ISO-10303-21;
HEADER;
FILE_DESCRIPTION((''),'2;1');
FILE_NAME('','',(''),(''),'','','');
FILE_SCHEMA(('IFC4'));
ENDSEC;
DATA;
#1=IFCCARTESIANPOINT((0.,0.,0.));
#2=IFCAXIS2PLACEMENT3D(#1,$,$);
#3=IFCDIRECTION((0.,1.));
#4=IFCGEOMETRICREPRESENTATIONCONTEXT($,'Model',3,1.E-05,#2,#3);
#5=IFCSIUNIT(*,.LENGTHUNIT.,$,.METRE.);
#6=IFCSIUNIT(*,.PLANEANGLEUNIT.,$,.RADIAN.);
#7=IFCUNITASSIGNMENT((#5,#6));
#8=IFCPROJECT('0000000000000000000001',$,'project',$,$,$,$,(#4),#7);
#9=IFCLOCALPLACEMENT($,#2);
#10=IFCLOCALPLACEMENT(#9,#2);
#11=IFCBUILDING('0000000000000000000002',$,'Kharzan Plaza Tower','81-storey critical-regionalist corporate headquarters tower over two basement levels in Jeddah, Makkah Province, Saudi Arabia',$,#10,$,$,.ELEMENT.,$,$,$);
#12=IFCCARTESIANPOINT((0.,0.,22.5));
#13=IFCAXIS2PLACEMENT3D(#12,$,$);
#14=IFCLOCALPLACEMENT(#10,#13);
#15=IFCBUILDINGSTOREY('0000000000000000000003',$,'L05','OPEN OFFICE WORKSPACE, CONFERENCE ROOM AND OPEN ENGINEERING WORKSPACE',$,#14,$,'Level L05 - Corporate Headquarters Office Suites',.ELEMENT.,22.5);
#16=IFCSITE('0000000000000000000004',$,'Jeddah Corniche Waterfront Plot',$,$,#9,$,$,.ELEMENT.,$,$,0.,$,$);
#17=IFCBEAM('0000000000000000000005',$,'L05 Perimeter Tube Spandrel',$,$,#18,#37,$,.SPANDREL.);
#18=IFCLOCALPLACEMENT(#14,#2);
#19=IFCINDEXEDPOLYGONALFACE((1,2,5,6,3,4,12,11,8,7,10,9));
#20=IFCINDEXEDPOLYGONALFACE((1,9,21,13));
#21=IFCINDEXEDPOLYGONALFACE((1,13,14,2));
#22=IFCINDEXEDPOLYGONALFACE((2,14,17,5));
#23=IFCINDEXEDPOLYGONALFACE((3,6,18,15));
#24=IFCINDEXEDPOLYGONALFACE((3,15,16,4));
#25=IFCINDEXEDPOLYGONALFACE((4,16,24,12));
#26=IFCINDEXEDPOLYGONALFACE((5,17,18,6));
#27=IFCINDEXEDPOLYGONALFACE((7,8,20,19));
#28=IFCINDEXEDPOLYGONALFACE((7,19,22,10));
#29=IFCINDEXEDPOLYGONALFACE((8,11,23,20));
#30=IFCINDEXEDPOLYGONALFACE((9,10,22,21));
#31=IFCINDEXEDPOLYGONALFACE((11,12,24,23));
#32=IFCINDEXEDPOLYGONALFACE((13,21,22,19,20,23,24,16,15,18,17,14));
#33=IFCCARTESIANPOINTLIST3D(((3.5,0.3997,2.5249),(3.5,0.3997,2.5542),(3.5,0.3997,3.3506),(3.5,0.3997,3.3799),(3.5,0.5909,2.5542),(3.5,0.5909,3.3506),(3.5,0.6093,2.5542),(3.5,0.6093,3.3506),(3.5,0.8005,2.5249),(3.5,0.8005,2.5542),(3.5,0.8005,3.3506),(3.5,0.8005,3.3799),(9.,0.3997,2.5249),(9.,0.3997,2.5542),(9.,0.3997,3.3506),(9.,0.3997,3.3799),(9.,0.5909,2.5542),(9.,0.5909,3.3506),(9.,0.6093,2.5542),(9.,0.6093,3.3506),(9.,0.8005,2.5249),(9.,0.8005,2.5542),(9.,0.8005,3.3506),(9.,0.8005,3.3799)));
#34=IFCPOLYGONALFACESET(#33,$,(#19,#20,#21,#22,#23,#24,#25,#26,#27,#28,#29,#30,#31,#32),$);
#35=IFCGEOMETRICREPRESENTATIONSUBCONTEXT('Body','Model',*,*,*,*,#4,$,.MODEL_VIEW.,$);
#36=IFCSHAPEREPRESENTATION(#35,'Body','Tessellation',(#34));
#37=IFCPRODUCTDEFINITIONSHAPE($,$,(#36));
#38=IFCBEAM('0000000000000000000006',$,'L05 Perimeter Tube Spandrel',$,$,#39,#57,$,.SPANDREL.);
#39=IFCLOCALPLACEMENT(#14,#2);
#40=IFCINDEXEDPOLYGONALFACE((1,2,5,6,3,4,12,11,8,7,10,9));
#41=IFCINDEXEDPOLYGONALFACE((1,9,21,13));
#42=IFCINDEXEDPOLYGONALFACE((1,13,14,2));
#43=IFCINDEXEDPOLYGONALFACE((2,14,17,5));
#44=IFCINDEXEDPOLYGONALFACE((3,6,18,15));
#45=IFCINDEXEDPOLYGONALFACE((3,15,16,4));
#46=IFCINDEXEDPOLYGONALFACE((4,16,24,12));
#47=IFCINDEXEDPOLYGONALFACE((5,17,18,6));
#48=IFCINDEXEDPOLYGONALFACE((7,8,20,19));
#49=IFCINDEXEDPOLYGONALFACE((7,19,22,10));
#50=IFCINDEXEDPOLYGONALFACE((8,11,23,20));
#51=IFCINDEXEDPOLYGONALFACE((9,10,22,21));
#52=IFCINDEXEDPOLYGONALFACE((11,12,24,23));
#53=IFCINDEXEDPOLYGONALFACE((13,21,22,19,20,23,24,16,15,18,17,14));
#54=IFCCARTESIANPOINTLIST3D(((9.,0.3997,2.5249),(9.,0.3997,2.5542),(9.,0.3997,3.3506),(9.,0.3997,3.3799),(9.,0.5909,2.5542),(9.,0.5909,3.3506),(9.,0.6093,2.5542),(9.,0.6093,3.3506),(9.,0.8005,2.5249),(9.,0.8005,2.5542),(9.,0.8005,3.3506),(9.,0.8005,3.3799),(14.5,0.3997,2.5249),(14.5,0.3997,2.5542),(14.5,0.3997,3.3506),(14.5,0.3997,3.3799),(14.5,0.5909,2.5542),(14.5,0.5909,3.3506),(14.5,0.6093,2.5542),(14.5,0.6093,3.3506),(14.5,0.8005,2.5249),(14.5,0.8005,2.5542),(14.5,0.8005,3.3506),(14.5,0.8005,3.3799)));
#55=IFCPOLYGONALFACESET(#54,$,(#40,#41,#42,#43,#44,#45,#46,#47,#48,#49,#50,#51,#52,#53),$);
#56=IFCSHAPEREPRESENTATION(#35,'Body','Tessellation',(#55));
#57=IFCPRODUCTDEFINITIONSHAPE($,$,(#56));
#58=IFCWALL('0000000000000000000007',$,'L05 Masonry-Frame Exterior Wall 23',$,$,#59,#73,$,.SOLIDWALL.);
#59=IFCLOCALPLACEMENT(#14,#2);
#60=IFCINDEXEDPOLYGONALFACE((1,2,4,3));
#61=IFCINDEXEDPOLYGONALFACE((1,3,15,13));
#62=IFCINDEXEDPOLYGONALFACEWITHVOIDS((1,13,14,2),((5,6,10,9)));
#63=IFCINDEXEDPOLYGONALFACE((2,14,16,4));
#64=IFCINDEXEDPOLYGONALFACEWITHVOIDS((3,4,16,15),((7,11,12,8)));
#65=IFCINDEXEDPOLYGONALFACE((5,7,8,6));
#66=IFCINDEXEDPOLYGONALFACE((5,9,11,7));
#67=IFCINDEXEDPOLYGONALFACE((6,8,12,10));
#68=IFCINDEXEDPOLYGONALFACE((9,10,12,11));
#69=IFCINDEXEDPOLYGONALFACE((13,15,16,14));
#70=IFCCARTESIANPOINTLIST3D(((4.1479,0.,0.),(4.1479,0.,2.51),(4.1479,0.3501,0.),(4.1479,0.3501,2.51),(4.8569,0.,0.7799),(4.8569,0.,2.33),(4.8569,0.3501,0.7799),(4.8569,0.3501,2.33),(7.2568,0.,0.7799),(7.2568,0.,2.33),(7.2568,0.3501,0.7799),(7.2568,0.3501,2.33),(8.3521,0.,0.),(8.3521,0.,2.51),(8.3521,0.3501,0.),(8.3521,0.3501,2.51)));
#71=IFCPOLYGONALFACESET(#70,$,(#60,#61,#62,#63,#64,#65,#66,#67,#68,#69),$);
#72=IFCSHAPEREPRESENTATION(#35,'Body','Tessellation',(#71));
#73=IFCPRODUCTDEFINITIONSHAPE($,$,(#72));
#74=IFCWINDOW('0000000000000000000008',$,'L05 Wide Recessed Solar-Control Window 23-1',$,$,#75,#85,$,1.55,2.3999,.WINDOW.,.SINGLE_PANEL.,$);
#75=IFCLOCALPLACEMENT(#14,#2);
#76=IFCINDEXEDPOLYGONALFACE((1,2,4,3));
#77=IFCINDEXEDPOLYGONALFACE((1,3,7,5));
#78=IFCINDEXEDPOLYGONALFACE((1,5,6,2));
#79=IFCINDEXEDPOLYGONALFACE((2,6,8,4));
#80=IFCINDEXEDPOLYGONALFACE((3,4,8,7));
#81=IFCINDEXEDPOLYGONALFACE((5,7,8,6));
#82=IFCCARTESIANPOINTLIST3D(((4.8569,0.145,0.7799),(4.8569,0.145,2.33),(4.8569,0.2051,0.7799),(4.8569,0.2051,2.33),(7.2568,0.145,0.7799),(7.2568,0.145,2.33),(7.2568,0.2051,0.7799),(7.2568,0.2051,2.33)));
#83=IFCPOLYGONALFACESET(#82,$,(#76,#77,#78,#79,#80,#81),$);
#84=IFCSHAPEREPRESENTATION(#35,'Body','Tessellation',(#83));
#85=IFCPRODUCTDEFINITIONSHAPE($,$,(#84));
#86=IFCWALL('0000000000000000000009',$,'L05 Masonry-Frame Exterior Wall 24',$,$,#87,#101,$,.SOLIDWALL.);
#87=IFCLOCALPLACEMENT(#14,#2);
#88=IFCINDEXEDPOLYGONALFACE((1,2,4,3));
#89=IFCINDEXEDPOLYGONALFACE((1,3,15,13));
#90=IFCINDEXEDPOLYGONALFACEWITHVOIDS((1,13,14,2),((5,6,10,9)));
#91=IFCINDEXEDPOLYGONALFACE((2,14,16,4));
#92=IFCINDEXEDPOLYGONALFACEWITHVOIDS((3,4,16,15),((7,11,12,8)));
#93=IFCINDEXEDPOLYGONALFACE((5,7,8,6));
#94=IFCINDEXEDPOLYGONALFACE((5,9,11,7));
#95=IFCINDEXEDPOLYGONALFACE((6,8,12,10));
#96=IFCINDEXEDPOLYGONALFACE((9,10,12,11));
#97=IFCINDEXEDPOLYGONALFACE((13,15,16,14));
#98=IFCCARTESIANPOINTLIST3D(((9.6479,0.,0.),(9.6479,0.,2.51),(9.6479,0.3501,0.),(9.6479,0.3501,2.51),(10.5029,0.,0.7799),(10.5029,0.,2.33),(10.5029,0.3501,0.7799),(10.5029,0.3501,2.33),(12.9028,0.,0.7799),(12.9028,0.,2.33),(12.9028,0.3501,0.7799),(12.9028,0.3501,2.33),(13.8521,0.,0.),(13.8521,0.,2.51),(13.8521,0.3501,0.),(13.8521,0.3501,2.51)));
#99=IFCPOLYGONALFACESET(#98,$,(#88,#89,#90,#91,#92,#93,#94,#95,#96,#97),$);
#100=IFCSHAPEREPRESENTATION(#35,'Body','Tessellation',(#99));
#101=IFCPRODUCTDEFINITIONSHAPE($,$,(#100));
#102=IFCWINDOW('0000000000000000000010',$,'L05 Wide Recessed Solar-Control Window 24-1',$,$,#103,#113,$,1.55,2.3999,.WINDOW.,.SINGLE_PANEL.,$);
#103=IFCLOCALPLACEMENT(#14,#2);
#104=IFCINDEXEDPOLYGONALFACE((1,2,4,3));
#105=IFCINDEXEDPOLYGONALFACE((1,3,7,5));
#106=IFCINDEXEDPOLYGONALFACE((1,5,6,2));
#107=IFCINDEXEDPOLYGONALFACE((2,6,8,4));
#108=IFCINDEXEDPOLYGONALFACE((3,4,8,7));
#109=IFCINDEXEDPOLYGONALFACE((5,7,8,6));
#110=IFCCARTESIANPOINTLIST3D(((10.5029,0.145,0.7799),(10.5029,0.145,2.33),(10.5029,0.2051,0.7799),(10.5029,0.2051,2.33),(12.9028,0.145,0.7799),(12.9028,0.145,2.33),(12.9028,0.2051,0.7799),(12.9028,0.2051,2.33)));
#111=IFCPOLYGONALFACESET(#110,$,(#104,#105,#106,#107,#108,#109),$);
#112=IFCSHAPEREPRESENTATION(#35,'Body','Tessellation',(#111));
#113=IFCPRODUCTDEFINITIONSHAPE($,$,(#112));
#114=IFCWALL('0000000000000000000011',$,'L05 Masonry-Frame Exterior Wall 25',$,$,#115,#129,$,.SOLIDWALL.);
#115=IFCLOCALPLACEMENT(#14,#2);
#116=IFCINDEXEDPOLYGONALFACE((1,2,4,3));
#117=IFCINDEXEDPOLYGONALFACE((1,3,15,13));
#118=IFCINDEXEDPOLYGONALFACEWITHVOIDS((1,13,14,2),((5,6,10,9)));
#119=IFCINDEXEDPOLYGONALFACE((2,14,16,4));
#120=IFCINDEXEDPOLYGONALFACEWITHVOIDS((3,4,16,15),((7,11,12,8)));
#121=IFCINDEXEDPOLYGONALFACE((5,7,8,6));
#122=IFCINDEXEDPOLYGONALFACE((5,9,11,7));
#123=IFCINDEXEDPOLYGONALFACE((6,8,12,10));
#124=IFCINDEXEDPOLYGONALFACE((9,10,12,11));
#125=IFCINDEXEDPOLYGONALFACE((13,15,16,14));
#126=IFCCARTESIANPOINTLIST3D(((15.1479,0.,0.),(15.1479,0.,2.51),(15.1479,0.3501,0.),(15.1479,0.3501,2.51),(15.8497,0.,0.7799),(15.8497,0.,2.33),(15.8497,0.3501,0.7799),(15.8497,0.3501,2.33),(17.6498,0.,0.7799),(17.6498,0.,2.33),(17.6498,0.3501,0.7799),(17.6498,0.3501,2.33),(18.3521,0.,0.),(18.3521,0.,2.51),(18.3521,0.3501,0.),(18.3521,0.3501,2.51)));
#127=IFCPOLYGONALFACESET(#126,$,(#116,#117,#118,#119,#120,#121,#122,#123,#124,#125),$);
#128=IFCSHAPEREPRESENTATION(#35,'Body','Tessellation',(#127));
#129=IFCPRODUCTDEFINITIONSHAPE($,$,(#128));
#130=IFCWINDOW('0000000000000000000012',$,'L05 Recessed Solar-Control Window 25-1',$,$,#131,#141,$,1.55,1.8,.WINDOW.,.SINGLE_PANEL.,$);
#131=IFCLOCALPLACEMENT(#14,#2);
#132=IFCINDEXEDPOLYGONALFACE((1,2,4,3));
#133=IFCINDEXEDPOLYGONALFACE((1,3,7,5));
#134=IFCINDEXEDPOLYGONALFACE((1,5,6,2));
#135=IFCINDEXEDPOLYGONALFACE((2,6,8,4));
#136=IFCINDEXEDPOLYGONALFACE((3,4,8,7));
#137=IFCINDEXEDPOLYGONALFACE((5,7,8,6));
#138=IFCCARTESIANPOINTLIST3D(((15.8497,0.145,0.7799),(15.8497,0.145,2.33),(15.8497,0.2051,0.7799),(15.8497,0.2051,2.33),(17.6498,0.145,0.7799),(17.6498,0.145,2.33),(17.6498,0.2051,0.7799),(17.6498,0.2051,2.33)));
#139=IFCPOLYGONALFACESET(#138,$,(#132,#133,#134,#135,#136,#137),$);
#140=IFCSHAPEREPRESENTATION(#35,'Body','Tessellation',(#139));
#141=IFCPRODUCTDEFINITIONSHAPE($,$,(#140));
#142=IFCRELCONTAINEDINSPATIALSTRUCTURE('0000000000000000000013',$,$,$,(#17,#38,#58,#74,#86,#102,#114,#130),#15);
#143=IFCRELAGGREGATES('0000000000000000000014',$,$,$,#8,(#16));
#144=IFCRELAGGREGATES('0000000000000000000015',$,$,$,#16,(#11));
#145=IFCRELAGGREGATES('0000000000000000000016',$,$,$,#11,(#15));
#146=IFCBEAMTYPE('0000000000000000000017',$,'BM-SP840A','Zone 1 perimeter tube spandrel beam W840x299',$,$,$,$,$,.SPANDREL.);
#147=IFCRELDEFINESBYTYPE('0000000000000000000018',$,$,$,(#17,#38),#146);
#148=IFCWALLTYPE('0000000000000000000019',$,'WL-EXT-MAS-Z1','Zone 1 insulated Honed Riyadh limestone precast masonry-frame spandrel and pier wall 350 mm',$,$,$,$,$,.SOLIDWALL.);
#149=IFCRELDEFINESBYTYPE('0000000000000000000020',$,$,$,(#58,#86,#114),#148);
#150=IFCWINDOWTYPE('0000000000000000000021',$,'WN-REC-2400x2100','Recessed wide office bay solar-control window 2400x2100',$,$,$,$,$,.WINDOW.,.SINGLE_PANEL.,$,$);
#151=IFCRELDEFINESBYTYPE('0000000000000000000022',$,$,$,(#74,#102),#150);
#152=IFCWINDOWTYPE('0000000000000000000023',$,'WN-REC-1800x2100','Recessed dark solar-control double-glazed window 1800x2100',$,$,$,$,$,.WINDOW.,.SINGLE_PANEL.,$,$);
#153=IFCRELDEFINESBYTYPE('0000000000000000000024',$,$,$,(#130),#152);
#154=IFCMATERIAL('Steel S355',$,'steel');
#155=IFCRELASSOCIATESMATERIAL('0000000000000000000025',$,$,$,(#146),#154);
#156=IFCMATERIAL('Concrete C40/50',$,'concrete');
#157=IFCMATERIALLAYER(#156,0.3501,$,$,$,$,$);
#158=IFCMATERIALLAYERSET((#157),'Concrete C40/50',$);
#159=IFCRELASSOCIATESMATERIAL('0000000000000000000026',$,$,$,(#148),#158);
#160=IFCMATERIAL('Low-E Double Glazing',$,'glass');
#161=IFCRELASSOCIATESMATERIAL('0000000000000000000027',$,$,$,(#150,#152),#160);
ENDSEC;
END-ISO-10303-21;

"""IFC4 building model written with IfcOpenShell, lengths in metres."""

from ifc_helpers import new_model, si_unit, direction, frame, frame_2d, origin, origin_2d, place, context, subcontext, project, spatial, rectangle, i_section, extrude, source, transform, mapped, material, layer, layer_set, material_profile, profile_set, type_object, element, fill, save


model = new_model("IFC4")

# Units and contexts
model_context = context("Model", 3, precision=1e-05, world=origin(), true_north=direction((0.0, 1.0)))
body_context = subcontext(model_context, "Body", "Model", "MODEL_VIEW")
ifc_project = project(units=[si_unit("LENGTHUNIT", "METRE"), si_unit("PLANEANGLEUNIT", "RADIAN")], contexts=[model_context])

# Site, building, storey
site_placement = place(None, origin())
site = spatial("IfcSite", under=ifc_project, at=site_placement, Name="Jeddah Corniche Waterfront Plot", CompositionType="ELEMENT", RefElevation=0.0)
building_placement = place(site_placement, origin())
building = spatial("IfcBuilding", under=site, at=building_placement, Name="Kharzan Plaza Tower", Description="81-storey critical-regionalist corporate headquarters tower over two basement levels in Jeddah, Makkah Province, Saudi Arabia", CompositionType="ELEMENT")
storey_placement = place(building_placement, frame((0.0, 0.0, 22.5)))
storey = spatial("IfcBuildingStorey", under=building, at=storey_placement, Name="L05", Description="OPEN OFFICE WORKSPACE, CONFERENCE ROOM AND OPEN ENGINEERING WORKSPACE", LongName="Level L05 - Corporate Headquarters Office Suites", CompositionType="ELEMENT", Elevation=22.5)

# Beams
ifc_material_1 = material(Name="Steel S355", Category="steel")
ifc_material_profile_1 = material_profile(ifc_material_1, i_section(OverallWidth=0.4009, OverallDepth=0.855, WebThickness=0.0183, FlangeThickness=0.0293, at=origin_2d()), Name="W840x299")
ifc_profile_set_1 = profile_set([ifc_material_profile_1], Name="Steel S355")
beam_type_1 = type_object("IfcBeamType", Name="BM-SP840A", Description="Zone 1 perimeter tube spandrel beam W840x299", PredefinedType="SPANDREL", material=ifc_profile_set_1)
shared_shape_1 = source(origin(), body_context, "Body", "SweptSolid", [
    extrude(i_section(OverallWidth=0.4009, OverallDepth=0.855, WebThickness=0.0183, FlangeThickness=0.0293, at=origin_2d()), origin(), (0.0, 0.0, 1.0), 5.5),
])
for number, where, z_axis, x_axis, name in (
    (1, (3.5, 0.6001, 2.9524), (1.0, 0.0, 0.0), (0.0, 1.0, 0.0), "L05 Perimeter Tube Spandrel"),
    (2, (9.0, 0.6001, 2.9524), (1.0, 0.0, 0.0), (0.0, 1.0, 0.0), "L05 Perimeter Tube Spandrel"),
):
    element("IfcBeam", number, at=place(storey_placement, frame(where, z_axis=z_axis, x_axis=x_axis)), inside=storey, type_object=beam_type_1, Name=name, PredefinedType="SPANDREL", context=body_context, shape_type="MappedRepresentation", body=[
        mapped(shared_shape_1, transform((0.0, 0.0, 0.0), x_axis=(1.0, 0.0, 0.0), y_axis=(0.0, 1.0, 0.0), z_axis=(0.0, 0.0, 1.0))),
    ])

# Walls, openings, windows
ifc_material_2 = material(Name="Concrete C40/50", Category="concrete")
ifc_layer_1 = layer(ifc_material_2, 0.3501)
ifc_layer_set_1 = layer_set([ifc_layer_1], Name="Concrete C40/50")
wall_type_1 = type_object("IfcWallType", Name="WL-EXT-MAS-Z1", Description="Zone 1 insulated Honed Riyadh limestone precast masonry-frame spandrel and pier wall 350 mm", PredefinedType="SOLIDWALL", material=ifc_layer_set_1)
wall_1_placement = place(storey_placement, frame((4.1479, 0.175, 0.0), z_axis=(0.0, 0.0, 1.0), x_axis=(1.0, 0.0, 0.0)))
wall_1 = element("IfcWall", 3, at=wall_1_placement, inside=storey, type_object=wall_type_1, Name="L05 Masonry-Frame Exterior Wall 23", PredefinedType="SOLIDWALL", context=body_context, shape_type="SweptSolid", body=[
    extrude(rectangle(XDim=4.2041, YDim=0.3501, at=frame_2d((2.1021, 0.0))), origin(), (0.0, 0.0, 1.0), 2.51),
])
opening_1_placement = place(wall_1_placement, frame((0.709, 0.0, 0.78)))
opening_1 = element("IfcOpeningElement", 4, at=opening_1_placement, cuts=wall_1, PredefinedType="OPENING", context=body_context, shape_type="SweptSolid", body=[
    extrude(rectangle(XDim=2.3999, YDim=1.55, at=frame_2d((1.2, 0.7749))), frame((0.0, 0.1851, 0.0), z_axis=(0.0, -1.0, 0.0), x_axis=(1.0, 0.0, 0.0)), (0.0, 0.0, 1.0), 0.3701),
])
ifc_material_3 = material(Name="Low-E Double Glazing", Category="glass")
window_type_1 = type_object("IfcWindowType", Name="WN-REC-2400x2100", Description="Recessed wide office bay solar-control window 2400x2100", PartitioningType="SINGLE_PANEL", PredefinedType="WINDOW", material=ifc_material_3)
shared_shape_2 = source(origin(), body_context, "Body", "SweptSolid", [
    extrude(rectangle(XDim=2.3999, YDim=1.55, at=frame_2d((1.2, 0.7749))), frame((0.0, 0.03, 0.0), z_axis=(0.0, -1.0, 0.0), x_axis=(1.0, 0.0, 0.0)), (0.0, 0.0, 1.0), 0.0601),
])
window_1_placement = place(opening_1_placement, origin())
window_1 = element("IfcWindow", 5, at=window_1_placement, inside=storey, type_object=window_type_1, Name="L05 Wide Recessed Solar-Control Window 23-1", OverallHeight=1.55, OverallWidth=2.3999, PartitioningType="SINGLE_PANEL", PredefinedType="WINDOW", context=body_context, shape_type="MappedRepresentation", body=[
    mapped(shared_shape_2, transform((0.0, 0.0, 0.0), x_axis=(1.0, 0.0, 0.0), y_axis=(0.0, 1.0, 0.0), z_axis=(0.0, 0.0, 1.0))),
])
fill(opening_1, window_1)
wall_2_placement = place(storey_placement, frame((9.6479, 0.175, 0.0), z_axis=(0.0, 0.0, 1.0), x_axis=(1.0, 0.0, 0.0)))
wall_2 = element("IfcWall", 6, at=wall_2_placement, inside=storey, type_object=wall_type_1, Name="L05 Masonry-Frame Exterior Wall 24", PredefinedType="SOLIDWALL", context=body_context, shape_type="SweptSolid", body=[
    extrude(rectangle(XDim=4.2041, YDim=0.3501, at=frame_2d((2.1021, 0.0))), origin(), (0.0, 0.0, 1.0), 2.51),
])
opening_2_placement = place(wall_2_placement, frame((0.855, 0.0, 0.78)))
opening_2 = element("IfcOpeningElement", 7, at=opening_2_placement, cuts=wall_2, PredefinedType="OPENING", context=body_context, shape_type="SweptSolid", body=[
    extrude(rectangle(XDim=2.3999, YDim=1.55, at=frame_2d((1.2, 0.7749))), frame((0.0, 0.1851, 0.0), z_axis=(0.0, -1.0, 0.0), x_axis=(1.0, 0.0, 0.0)), (0.0, 0.0, 1.0), 0.3701),
])
window_2_placement = place(opening_2_placement, origin())
window_2 = element("IfcWindow", 8, at=window_2_placement, inside=storey, type_object=window_type_1, Name="L05 Wide Recessed Solar-Control Window 24-1", OverallHeight=1.55, OverallWidth=2.3999, PartitioningType="SINGLE_PANEL", PredefinedType="WINDOW", context=body_context, shape_type="MappedRepresentation", body=[
    mapped(shared_shape_2, transform((0.0, 0.0, 0.0), x_axis=(1.0, 0.0, 0.0), y_axis=(0.0, 1.0, 0.0), z_axis=(0.0, 0.0, 1.0))),
])
fill(opening_2, window_2)
wall_3_placement = place(storey_placement, frame((15.1479, 0.175, 0.0), z_axis=(0.0, 0.0, 1.0), x_axis=(1.0, 0.0, 0.0)))
wall_3 = element("IfcWall", 9, at=wall_3_placement, inside=storey, type_object=wall_type_1, Name="L05 Masonry-Frame Exterior Wall 25", PredefinedType="SOLIDWALL", context=body_context, shape_type="SweptSolid", body=[
    extrude(rectangle(XDim=3.2041, YDim=0.3501, at=frame_2d((1.6021, 0.0))), origin(), (0.0, 0.0, 1.0), 2.51),
])
opening_3_placement = place(wall_3_placement, frame((0.7019, 0.0, 0.78)))
opening_3 = element("IfcOpeningElement", 10, at=opening_3_placement, cuts=wall_3, PredefinedType="OPENING", context=body_context, shape_type="SweptSolid", body=[
    extrude(rectangle(XDim=1.8, YDim=1.55, at=frame_2d((0.8999, 0.7749))), frame((0.0, 0.1851, 0.0), z_axis=(0.0, -1.0, 0.0), x_axis=(1.0, 0.0, 0.0)), (0.0, 0.0, 1.0), 0.3701),
])
window_type_2 = type_object("IfcWindowType", Name="WN-REC-1800x2100", Description="Recessed dark solar-control double-glazed window 1800x2100", PartitioningType="SINGLE_PANEL", PredefinedType="WINDOW", material=ifc_material_3)
shared_shape_3 = source(origin(), body_context, "Body", "SweptSolid", [
    extrude(rectangle(XDim=1.8, YDim=1.55, at=frame_2d((0.8999, 0.7749))), frame((0.0, 0.03, 0.0), z_axis=(0.0, -1.0, 0.0), x_axis=(1.0, 0.0, 0.0)), (0.0, 0.0, 1.0), 0.0601),
])
window_3_placement = place(opening_3_placement, origin())
window_3 = element("IfcWindow", 11, at=window_3_placement, inside=storey, type_object=window_type_2, Name="L05 Recessed Solar-Control Window 25-1", OverallHeight=1.55, OverallWidth=1.8, PartitioningType="SINGLE_PANEL", PredefinedType="WINDOW", context=body_context, shape_type="MappedRepresentation", body=[
    mapped(shared_shape_3, transform((0.0, 0.0, 0.0), x_axis=(1.0, 0.0, 0.0), y_axis=(0.0, 1.0, 0.0), z_axis=(0.0, 0.0, 1.0))),
])
fill(opening_3, window_3)

save(model, "model.ifc")
